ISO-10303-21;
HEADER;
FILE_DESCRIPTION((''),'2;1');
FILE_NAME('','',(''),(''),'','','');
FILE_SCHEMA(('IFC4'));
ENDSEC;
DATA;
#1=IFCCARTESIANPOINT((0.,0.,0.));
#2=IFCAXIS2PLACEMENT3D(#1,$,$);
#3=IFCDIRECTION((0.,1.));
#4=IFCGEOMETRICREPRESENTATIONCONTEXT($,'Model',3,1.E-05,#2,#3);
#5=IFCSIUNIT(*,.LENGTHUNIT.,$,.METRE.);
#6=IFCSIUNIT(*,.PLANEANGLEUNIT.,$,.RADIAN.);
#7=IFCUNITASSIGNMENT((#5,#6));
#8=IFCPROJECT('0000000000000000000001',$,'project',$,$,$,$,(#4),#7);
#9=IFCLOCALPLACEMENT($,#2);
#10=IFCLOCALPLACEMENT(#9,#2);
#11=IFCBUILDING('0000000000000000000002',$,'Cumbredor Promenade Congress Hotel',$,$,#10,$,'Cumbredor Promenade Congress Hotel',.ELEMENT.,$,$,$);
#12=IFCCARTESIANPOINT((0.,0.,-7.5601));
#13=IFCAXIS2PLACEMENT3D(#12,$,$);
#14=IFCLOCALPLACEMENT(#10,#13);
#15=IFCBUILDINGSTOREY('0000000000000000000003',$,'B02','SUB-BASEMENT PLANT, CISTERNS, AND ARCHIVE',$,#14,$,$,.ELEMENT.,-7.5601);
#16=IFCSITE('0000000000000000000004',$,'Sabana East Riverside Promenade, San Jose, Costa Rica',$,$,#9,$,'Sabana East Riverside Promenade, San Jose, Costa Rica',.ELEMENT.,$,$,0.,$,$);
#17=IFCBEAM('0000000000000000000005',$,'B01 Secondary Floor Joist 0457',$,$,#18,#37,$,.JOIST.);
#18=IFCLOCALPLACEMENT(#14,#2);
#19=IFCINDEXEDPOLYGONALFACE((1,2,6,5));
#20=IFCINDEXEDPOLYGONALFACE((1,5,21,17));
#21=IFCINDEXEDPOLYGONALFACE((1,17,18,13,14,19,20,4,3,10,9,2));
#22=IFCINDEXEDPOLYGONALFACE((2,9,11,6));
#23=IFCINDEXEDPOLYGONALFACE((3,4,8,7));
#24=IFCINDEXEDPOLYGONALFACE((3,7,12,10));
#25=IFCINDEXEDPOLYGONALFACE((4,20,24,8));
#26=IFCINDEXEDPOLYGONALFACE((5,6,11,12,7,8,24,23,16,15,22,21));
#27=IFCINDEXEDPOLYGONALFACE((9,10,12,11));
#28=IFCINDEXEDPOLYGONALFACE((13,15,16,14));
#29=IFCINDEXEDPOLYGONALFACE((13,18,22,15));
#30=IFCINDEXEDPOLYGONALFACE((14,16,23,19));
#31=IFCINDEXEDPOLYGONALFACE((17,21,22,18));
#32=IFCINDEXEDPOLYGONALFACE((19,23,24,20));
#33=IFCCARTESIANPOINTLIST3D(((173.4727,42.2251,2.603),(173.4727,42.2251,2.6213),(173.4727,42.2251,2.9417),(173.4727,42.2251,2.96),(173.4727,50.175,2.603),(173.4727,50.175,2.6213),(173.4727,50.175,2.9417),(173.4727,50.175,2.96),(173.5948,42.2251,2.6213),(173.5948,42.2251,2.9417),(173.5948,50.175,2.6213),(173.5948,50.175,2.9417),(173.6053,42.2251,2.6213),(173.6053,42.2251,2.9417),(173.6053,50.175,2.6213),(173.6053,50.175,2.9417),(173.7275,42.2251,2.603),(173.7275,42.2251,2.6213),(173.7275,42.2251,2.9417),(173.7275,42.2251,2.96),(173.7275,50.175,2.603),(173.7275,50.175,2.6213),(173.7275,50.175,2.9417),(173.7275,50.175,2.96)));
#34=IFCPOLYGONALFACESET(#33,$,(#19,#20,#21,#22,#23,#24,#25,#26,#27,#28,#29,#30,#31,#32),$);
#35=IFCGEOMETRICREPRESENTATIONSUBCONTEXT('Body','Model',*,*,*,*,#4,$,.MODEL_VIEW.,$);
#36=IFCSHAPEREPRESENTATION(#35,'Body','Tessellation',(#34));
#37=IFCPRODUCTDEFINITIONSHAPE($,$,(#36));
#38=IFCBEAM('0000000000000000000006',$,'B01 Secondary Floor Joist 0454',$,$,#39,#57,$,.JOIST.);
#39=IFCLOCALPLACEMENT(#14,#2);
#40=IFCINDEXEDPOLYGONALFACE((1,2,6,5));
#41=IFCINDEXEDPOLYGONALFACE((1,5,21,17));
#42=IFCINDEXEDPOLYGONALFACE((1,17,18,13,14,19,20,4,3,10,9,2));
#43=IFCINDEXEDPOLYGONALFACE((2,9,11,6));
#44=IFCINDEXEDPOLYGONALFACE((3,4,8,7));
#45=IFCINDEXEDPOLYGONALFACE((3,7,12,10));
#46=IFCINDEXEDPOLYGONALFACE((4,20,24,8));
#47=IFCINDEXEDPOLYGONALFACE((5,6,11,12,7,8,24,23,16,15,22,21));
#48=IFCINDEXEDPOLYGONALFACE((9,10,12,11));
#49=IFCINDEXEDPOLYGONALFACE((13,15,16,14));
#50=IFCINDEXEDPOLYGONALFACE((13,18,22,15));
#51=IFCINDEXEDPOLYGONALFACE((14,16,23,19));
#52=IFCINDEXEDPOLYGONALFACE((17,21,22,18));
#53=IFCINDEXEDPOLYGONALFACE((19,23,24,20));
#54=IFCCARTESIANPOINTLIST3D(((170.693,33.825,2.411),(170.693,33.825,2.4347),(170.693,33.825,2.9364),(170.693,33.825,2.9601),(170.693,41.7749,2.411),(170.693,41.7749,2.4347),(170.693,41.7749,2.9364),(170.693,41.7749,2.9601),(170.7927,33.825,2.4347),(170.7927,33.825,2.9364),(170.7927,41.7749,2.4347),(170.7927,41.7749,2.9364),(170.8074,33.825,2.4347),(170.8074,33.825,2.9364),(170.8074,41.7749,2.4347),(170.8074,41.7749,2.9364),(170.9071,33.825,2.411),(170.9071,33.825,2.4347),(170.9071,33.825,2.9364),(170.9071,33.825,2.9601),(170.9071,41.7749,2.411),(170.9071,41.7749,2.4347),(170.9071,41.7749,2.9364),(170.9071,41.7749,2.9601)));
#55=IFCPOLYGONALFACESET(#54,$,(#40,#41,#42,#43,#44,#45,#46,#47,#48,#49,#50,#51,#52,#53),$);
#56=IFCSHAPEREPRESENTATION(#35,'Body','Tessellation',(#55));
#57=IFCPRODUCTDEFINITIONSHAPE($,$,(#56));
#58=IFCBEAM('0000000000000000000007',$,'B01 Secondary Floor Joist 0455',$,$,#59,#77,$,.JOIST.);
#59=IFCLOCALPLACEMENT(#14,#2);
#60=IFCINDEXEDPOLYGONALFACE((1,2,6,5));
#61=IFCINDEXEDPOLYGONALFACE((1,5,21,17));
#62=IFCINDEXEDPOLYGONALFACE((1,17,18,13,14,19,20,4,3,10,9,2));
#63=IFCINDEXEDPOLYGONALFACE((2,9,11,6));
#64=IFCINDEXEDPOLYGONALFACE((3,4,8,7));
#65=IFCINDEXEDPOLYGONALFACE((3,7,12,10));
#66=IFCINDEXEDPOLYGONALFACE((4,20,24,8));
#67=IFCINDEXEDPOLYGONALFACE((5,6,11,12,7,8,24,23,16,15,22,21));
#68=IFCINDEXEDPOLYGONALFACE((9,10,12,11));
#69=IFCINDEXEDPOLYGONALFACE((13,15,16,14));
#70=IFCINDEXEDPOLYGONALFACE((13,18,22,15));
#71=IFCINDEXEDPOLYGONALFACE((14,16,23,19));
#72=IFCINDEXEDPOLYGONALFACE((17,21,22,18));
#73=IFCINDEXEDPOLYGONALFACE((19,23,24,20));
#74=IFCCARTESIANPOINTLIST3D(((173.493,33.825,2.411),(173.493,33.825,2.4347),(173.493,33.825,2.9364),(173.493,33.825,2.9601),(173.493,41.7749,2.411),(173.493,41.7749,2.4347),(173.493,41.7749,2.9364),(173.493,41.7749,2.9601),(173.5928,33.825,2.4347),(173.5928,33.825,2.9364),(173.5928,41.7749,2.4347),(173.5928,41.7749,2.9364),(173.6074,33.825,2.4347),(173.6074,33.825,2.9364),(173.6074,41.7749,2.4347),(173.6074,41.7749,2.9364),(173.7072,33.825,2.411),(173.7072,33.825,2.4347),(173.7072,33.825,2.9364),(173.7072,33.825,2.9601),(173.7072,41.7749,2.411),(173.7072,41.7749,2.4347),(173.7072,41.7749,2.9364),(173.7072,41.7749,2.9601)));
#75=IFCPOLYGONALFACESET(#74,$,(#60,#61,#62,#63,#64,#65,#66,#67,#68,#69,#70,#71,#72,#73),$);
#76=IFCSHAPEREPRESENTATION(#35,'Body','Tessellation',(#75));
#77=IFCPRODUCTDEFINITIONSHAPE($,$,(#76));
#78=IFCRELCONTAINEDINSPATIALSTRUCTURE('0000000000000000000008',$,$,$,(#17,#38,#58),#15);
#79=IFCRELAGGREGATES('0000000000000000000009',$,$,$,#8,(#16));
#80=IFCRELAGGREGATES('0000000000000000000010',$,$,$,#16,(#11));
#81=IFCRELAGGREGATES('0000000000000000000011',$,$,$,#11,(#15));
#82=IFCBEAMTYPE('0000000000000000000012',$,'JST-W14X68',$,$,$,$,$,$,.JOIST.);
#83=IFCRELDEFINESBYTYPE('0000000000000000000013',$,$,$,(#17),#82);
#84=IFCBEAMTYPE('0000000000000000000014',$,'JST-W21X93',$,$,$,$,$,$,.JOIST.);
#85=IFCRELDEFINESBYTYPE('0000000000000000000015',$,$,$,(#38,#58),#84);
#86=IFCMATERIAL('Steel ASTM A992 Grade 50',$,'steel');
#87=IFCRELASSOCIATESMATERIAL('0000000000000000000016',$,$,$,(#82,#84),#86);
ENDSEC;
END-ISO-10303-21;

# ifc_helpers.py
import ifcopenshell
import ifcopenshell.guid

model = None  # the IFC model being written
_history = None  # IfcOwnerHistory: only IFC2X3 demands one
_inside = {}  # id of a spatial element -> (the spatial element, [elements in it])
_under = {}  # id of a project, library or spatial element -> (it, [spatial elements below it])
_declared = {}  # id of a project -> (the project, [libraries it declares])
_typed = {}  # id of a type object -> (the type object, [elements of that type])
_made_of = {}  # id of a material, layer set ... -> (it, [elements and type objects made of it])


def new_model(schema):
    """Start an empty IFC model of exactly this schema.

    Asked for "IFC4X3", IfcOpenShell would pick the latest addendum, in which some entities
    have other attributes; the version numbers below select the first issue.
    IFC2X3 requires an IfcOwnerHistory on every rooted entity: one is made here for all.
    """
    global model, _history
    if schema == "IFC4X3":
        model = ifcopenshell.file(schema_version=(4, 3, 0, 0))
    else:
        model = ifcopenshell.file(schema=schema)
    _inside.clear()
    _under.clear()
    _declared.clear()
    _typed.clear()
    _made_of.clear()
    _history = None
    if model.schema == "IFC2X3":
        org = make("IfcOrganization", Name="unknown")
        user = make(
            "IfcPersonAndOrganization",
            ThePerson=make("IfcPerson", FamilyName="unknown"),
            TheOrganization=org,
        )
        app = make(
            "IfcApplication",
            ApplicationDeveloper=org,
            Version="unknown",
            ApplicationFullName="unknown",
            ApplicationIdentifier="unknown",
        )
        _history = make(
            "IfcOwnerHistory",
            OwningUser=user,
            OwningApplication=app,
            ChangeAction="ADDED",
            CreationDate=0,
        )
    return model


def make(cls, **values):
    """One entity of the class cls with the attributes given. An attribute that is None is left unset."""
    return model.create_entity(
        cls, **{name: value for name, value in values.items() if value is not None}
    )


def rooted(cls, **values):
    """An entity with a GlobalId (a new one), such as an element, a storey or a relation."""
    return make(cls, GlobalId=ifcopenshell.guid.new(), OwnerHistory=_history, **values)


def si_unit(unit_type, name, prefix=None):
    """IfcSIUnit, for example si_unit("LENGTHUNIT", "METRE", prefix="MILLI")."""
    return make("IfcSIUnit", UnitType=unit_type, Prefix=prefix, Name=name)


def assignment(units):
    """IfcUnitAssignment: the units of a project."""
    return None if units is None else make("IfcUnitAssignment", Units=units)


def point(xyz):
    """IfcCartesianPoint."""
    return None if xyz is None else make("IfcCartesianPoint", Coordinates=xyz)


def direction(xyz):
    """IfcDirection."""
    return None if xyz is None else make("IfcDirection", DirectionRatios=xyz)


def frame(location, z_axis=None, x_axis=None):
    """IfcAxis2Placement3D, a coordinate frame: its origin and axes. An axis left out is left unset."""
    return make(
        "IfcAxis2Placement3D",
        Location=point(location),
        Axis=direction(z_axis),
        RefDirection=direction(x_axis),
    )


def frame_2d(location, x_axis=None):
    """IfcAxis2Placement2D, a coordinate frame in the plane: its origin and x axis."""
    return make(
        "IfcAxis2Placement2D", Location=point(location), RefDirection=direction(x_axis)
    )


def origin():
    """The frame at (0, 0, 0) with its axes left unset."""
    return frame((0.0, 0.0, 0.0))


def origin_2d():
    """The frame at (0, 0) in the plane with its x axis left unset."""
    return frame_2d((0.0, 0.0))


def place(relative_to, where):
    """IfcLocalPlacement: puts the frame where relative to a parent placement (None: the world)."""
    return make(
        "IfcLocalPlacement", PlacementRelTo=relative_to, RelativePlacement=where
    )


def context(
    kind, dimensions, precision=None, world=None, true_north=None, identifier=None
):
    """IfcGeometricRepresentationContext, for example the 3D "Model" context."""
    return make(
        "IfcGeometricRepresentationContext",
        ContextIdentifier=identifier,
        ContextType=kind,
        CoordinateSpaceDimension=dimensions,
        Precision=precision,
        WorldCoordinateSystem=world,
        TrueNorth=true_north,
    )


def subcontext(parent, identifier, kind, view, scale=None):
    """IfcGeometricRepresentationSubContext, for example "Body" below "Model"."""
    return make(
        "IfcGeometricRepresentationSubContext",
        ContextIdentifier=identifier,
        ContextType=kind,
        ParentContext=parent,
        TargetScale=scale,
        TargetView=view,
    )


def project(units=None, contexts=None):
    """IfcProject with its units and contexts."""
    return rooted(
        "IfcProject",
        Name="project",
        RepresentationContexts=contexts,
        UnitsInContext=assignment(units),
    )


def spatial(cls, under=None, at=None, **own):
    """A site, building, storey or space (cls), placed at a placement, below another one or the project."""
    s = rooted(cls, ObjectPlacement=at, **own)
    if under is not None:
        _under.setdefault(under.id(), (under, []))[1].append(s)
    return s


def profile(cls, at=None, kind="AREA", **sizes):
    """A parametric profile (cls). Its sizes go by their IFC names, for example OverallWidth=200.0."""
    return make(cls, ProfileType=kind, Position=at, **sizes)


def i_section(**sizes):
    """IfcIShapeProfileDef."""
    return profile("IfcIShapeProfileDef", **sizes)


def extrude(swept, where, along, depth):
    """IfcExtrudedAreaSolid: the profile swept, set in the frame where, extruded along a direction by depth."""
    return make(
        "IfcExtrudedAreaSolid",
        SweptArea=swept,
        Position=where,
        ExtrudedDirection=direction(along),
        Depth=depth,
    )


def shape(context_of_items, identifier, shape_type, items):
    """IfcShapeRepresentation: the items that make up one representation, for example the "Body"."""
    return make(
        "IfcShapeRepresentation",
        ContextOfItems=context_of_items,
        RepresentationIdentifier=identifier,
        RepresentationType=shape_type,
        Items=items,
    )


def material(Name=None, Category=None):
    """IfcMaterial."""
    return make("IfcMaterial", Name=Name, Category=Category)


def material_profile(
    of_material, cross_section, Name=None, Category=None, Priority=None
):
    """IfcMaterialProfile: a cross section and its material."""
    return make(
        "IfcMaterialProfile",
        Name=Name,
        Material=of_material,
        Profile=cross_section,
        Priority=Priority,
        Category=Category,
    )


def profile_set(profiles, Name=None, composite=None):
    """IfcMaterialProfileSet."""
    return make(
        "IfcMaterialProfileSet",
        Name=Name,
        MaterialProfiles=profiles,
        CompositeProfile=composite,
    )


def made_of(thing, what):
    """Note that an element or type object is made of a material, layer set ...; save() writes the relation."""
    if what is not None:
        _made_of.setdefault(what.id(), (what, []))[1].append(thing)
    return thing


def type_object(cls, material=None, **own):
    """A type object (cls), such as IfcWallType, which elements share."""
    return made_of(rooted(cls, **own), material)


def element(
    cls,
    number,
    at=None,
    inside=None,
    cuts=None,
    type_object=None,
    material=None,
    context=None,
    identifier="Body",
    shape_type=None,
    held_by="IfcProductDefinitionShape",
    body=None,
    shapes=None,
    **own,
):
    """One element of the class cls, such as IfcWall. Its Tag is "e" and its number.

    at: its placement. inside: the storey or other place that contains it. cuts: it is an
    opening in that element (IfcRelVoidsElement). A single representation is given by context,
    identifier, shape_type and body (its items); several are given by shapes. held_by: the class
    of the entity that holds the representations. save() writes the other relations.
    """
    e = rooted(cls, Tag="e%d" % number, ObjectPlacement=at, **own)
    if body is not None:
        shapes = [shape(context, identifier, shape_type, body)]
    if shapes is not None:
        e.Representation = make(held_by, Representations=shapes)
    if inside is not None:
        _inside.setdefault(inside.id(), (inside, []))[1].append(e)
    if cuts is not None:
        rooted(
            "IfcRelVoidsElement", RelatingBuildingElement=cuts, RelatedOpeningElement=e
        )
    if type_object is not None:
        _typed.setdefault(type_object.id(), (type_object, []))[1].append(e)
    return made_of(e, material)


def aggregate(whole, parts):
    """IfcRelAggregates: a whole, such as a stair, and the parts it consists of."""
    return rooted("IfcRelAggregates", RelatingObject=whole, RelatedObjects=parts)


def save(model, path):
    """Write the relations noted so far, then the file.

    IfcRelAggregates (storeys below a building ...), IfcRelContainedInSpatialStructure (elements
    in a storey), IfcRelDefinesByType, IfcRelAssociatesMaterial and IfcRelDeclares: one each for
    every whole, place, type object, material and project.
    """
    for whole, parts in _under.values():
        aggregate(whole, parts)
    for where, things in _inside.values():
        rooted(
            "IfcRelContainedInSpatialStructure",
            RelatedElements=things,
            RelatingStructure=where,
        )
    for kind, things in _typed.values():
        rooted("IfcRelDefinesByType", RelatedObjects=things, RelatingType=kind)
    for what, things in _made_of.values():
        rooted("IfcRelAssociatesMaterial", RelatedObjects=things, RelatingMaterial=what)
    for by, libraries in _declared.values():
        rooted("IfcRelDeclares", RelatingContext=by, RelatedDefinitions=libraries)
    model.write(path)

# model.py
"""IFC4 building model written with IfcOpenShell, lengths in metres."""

from ifc_helpers import new_model, si_unit, direction, frame, origin, origin_2d, place, context, subcontext, project, spatial, i_section, extrude, material, material_profile, profile_set, type_object, element, save


model = new_model("IFC4")

# Units and contexts
model_context = context("Model", 3, precision=1e-05, world=origin(), true_north=direction((0.0, 1.0)))
body_context = subcontext(model_context, "Body", "Model", "MODEL_VIEW")
ifc_project = project(units=[si_unit("LENGTHUNIT", "METRE"), si_unit("PLANEANGLEUNIT", "RADIAN")], contexts=[model_context])

# Site, building, storey
site_placement = place(None, origin())
site = spatial("IfcSite", under=ifc_project, at=site_placement, Name="Sabana East Riverside Promenade, San Jose, Costa Rica", LongName="Sabana East Riverside Promenade, San Jose, Costa Rica", CompositionType="ELEMENT", RefElevation=0.0)
building_placement = place(site_placement, origin())
building = spatial("IfcBuilding", under=site, at=building_placement, Name="Cumbredor Promenade Congress Hotel", LongName="Cumbredor Promenade Congress Hotel", CompositionType="ELEMENT")
storey_placement = place(building_placement, frame((0.0, 0.0, -7.5601)))
storey = spatial("IfcBuildingStorey", under=building, at=storey_placement, Name="B02", Description="SUB-BASEMENT PLANT, CISTERNS, AND ARCHIVE", CompositionType="ELEMENT", Elevation=-7.5601)

# Beams
ifc_material_1 = material(Name="Steel ASTM A992 Grade 50", Category="steel")
ifc_material_profile_1 = material_profile(ifc_material_1, i_section(OverallWidth=0.2549, OverallDepth=0.3569, WebThickness=0.0105, FlangeThickness=0.0183, at=origin_2d()), Name="W14X68")
ifc_profile_set_1 = profile_set([ifc_material_profile_1], Name="Steel ASTM A992 Grade 50")
beam_type_1 = type_object("IfcBeamType", Name="JST-W14X68", PredefinedType="JOIST", material=ifc_profile_set_1)
for number, where, z_axis, x_axis, name in (
    (1, (173.6001, 42.2251, 2.7815), (0.0, 1.0, 0.0), (-1.0, 0.0, 0.0), "B01 Secondary Floor Joist 0457"),
):
    element("IfcBeam", number, at=place(storey_placement, frame(where, z_axis=z_axis, x_axis=x_axis)), inside=storey, type_object=beam_type_1, Name=name, PredefinedType="JOIST", context=body_context, shape_type="SweptSolid", body=[
        extrude(i_section(OverallWidth=0.2549, OverallDepth=0.3569, WebThickness=0.0105, FlangeThickness=0.0183, at=origin_2d()), origin(), (0.0, 0.0, 1.0), 7.95),
    ])
ifc_material_profile_2 = material_profile(ifc_material_1, i_section(OverallWidth=0.2141, OverallDepth=0.5491, WebThickness=0.0146, FlangeThickness=0.0237, at=origin_2d()), Name="W21X93")
ifc_profile_set_2 = profile_set([ifc_material_profile_2], Name="Steel ASTM A992 Grade 50")
beam_type_2 = type_object("IfcBeamType", Name="JST-W21X93", PredefinedType="JOIST", material=ifc_profile_set_2)
for number, where, z_axis, x_axis, name in (
    (2, (170.8, 33.825, 2.6855), (0.0, 1.0, 0.0), (-1.0, 0.0, 0.0), "B01 Secondary Floor Joist 0454"),
    (3, (173.6001, 33.825, 2.6855), (0.0, 1.0, 0.0), (-1.0, 0.0, 0.0), "B01 Secondary Floor Joist 0455"),
):
    element("IfcBeam", number, at=place(storey_placement, frame(where, z_axis=z_axis, x_axis=x_axis)), inside=storey, type_object=beam_type_2, Name=name, PredefinedType="JOIST", context=body_context, shape_type="SweptSolid", body=[
        extrude(i_section(OverallWidth=0.2141, OverallDepth=0.5491, WebThickness=0.0146, FlangeThickness=0.0237, at=origin_2d()), origin(), (0.0, 0.0, 1.0), 7.95),
    ])

save(model, "model.ifc")
